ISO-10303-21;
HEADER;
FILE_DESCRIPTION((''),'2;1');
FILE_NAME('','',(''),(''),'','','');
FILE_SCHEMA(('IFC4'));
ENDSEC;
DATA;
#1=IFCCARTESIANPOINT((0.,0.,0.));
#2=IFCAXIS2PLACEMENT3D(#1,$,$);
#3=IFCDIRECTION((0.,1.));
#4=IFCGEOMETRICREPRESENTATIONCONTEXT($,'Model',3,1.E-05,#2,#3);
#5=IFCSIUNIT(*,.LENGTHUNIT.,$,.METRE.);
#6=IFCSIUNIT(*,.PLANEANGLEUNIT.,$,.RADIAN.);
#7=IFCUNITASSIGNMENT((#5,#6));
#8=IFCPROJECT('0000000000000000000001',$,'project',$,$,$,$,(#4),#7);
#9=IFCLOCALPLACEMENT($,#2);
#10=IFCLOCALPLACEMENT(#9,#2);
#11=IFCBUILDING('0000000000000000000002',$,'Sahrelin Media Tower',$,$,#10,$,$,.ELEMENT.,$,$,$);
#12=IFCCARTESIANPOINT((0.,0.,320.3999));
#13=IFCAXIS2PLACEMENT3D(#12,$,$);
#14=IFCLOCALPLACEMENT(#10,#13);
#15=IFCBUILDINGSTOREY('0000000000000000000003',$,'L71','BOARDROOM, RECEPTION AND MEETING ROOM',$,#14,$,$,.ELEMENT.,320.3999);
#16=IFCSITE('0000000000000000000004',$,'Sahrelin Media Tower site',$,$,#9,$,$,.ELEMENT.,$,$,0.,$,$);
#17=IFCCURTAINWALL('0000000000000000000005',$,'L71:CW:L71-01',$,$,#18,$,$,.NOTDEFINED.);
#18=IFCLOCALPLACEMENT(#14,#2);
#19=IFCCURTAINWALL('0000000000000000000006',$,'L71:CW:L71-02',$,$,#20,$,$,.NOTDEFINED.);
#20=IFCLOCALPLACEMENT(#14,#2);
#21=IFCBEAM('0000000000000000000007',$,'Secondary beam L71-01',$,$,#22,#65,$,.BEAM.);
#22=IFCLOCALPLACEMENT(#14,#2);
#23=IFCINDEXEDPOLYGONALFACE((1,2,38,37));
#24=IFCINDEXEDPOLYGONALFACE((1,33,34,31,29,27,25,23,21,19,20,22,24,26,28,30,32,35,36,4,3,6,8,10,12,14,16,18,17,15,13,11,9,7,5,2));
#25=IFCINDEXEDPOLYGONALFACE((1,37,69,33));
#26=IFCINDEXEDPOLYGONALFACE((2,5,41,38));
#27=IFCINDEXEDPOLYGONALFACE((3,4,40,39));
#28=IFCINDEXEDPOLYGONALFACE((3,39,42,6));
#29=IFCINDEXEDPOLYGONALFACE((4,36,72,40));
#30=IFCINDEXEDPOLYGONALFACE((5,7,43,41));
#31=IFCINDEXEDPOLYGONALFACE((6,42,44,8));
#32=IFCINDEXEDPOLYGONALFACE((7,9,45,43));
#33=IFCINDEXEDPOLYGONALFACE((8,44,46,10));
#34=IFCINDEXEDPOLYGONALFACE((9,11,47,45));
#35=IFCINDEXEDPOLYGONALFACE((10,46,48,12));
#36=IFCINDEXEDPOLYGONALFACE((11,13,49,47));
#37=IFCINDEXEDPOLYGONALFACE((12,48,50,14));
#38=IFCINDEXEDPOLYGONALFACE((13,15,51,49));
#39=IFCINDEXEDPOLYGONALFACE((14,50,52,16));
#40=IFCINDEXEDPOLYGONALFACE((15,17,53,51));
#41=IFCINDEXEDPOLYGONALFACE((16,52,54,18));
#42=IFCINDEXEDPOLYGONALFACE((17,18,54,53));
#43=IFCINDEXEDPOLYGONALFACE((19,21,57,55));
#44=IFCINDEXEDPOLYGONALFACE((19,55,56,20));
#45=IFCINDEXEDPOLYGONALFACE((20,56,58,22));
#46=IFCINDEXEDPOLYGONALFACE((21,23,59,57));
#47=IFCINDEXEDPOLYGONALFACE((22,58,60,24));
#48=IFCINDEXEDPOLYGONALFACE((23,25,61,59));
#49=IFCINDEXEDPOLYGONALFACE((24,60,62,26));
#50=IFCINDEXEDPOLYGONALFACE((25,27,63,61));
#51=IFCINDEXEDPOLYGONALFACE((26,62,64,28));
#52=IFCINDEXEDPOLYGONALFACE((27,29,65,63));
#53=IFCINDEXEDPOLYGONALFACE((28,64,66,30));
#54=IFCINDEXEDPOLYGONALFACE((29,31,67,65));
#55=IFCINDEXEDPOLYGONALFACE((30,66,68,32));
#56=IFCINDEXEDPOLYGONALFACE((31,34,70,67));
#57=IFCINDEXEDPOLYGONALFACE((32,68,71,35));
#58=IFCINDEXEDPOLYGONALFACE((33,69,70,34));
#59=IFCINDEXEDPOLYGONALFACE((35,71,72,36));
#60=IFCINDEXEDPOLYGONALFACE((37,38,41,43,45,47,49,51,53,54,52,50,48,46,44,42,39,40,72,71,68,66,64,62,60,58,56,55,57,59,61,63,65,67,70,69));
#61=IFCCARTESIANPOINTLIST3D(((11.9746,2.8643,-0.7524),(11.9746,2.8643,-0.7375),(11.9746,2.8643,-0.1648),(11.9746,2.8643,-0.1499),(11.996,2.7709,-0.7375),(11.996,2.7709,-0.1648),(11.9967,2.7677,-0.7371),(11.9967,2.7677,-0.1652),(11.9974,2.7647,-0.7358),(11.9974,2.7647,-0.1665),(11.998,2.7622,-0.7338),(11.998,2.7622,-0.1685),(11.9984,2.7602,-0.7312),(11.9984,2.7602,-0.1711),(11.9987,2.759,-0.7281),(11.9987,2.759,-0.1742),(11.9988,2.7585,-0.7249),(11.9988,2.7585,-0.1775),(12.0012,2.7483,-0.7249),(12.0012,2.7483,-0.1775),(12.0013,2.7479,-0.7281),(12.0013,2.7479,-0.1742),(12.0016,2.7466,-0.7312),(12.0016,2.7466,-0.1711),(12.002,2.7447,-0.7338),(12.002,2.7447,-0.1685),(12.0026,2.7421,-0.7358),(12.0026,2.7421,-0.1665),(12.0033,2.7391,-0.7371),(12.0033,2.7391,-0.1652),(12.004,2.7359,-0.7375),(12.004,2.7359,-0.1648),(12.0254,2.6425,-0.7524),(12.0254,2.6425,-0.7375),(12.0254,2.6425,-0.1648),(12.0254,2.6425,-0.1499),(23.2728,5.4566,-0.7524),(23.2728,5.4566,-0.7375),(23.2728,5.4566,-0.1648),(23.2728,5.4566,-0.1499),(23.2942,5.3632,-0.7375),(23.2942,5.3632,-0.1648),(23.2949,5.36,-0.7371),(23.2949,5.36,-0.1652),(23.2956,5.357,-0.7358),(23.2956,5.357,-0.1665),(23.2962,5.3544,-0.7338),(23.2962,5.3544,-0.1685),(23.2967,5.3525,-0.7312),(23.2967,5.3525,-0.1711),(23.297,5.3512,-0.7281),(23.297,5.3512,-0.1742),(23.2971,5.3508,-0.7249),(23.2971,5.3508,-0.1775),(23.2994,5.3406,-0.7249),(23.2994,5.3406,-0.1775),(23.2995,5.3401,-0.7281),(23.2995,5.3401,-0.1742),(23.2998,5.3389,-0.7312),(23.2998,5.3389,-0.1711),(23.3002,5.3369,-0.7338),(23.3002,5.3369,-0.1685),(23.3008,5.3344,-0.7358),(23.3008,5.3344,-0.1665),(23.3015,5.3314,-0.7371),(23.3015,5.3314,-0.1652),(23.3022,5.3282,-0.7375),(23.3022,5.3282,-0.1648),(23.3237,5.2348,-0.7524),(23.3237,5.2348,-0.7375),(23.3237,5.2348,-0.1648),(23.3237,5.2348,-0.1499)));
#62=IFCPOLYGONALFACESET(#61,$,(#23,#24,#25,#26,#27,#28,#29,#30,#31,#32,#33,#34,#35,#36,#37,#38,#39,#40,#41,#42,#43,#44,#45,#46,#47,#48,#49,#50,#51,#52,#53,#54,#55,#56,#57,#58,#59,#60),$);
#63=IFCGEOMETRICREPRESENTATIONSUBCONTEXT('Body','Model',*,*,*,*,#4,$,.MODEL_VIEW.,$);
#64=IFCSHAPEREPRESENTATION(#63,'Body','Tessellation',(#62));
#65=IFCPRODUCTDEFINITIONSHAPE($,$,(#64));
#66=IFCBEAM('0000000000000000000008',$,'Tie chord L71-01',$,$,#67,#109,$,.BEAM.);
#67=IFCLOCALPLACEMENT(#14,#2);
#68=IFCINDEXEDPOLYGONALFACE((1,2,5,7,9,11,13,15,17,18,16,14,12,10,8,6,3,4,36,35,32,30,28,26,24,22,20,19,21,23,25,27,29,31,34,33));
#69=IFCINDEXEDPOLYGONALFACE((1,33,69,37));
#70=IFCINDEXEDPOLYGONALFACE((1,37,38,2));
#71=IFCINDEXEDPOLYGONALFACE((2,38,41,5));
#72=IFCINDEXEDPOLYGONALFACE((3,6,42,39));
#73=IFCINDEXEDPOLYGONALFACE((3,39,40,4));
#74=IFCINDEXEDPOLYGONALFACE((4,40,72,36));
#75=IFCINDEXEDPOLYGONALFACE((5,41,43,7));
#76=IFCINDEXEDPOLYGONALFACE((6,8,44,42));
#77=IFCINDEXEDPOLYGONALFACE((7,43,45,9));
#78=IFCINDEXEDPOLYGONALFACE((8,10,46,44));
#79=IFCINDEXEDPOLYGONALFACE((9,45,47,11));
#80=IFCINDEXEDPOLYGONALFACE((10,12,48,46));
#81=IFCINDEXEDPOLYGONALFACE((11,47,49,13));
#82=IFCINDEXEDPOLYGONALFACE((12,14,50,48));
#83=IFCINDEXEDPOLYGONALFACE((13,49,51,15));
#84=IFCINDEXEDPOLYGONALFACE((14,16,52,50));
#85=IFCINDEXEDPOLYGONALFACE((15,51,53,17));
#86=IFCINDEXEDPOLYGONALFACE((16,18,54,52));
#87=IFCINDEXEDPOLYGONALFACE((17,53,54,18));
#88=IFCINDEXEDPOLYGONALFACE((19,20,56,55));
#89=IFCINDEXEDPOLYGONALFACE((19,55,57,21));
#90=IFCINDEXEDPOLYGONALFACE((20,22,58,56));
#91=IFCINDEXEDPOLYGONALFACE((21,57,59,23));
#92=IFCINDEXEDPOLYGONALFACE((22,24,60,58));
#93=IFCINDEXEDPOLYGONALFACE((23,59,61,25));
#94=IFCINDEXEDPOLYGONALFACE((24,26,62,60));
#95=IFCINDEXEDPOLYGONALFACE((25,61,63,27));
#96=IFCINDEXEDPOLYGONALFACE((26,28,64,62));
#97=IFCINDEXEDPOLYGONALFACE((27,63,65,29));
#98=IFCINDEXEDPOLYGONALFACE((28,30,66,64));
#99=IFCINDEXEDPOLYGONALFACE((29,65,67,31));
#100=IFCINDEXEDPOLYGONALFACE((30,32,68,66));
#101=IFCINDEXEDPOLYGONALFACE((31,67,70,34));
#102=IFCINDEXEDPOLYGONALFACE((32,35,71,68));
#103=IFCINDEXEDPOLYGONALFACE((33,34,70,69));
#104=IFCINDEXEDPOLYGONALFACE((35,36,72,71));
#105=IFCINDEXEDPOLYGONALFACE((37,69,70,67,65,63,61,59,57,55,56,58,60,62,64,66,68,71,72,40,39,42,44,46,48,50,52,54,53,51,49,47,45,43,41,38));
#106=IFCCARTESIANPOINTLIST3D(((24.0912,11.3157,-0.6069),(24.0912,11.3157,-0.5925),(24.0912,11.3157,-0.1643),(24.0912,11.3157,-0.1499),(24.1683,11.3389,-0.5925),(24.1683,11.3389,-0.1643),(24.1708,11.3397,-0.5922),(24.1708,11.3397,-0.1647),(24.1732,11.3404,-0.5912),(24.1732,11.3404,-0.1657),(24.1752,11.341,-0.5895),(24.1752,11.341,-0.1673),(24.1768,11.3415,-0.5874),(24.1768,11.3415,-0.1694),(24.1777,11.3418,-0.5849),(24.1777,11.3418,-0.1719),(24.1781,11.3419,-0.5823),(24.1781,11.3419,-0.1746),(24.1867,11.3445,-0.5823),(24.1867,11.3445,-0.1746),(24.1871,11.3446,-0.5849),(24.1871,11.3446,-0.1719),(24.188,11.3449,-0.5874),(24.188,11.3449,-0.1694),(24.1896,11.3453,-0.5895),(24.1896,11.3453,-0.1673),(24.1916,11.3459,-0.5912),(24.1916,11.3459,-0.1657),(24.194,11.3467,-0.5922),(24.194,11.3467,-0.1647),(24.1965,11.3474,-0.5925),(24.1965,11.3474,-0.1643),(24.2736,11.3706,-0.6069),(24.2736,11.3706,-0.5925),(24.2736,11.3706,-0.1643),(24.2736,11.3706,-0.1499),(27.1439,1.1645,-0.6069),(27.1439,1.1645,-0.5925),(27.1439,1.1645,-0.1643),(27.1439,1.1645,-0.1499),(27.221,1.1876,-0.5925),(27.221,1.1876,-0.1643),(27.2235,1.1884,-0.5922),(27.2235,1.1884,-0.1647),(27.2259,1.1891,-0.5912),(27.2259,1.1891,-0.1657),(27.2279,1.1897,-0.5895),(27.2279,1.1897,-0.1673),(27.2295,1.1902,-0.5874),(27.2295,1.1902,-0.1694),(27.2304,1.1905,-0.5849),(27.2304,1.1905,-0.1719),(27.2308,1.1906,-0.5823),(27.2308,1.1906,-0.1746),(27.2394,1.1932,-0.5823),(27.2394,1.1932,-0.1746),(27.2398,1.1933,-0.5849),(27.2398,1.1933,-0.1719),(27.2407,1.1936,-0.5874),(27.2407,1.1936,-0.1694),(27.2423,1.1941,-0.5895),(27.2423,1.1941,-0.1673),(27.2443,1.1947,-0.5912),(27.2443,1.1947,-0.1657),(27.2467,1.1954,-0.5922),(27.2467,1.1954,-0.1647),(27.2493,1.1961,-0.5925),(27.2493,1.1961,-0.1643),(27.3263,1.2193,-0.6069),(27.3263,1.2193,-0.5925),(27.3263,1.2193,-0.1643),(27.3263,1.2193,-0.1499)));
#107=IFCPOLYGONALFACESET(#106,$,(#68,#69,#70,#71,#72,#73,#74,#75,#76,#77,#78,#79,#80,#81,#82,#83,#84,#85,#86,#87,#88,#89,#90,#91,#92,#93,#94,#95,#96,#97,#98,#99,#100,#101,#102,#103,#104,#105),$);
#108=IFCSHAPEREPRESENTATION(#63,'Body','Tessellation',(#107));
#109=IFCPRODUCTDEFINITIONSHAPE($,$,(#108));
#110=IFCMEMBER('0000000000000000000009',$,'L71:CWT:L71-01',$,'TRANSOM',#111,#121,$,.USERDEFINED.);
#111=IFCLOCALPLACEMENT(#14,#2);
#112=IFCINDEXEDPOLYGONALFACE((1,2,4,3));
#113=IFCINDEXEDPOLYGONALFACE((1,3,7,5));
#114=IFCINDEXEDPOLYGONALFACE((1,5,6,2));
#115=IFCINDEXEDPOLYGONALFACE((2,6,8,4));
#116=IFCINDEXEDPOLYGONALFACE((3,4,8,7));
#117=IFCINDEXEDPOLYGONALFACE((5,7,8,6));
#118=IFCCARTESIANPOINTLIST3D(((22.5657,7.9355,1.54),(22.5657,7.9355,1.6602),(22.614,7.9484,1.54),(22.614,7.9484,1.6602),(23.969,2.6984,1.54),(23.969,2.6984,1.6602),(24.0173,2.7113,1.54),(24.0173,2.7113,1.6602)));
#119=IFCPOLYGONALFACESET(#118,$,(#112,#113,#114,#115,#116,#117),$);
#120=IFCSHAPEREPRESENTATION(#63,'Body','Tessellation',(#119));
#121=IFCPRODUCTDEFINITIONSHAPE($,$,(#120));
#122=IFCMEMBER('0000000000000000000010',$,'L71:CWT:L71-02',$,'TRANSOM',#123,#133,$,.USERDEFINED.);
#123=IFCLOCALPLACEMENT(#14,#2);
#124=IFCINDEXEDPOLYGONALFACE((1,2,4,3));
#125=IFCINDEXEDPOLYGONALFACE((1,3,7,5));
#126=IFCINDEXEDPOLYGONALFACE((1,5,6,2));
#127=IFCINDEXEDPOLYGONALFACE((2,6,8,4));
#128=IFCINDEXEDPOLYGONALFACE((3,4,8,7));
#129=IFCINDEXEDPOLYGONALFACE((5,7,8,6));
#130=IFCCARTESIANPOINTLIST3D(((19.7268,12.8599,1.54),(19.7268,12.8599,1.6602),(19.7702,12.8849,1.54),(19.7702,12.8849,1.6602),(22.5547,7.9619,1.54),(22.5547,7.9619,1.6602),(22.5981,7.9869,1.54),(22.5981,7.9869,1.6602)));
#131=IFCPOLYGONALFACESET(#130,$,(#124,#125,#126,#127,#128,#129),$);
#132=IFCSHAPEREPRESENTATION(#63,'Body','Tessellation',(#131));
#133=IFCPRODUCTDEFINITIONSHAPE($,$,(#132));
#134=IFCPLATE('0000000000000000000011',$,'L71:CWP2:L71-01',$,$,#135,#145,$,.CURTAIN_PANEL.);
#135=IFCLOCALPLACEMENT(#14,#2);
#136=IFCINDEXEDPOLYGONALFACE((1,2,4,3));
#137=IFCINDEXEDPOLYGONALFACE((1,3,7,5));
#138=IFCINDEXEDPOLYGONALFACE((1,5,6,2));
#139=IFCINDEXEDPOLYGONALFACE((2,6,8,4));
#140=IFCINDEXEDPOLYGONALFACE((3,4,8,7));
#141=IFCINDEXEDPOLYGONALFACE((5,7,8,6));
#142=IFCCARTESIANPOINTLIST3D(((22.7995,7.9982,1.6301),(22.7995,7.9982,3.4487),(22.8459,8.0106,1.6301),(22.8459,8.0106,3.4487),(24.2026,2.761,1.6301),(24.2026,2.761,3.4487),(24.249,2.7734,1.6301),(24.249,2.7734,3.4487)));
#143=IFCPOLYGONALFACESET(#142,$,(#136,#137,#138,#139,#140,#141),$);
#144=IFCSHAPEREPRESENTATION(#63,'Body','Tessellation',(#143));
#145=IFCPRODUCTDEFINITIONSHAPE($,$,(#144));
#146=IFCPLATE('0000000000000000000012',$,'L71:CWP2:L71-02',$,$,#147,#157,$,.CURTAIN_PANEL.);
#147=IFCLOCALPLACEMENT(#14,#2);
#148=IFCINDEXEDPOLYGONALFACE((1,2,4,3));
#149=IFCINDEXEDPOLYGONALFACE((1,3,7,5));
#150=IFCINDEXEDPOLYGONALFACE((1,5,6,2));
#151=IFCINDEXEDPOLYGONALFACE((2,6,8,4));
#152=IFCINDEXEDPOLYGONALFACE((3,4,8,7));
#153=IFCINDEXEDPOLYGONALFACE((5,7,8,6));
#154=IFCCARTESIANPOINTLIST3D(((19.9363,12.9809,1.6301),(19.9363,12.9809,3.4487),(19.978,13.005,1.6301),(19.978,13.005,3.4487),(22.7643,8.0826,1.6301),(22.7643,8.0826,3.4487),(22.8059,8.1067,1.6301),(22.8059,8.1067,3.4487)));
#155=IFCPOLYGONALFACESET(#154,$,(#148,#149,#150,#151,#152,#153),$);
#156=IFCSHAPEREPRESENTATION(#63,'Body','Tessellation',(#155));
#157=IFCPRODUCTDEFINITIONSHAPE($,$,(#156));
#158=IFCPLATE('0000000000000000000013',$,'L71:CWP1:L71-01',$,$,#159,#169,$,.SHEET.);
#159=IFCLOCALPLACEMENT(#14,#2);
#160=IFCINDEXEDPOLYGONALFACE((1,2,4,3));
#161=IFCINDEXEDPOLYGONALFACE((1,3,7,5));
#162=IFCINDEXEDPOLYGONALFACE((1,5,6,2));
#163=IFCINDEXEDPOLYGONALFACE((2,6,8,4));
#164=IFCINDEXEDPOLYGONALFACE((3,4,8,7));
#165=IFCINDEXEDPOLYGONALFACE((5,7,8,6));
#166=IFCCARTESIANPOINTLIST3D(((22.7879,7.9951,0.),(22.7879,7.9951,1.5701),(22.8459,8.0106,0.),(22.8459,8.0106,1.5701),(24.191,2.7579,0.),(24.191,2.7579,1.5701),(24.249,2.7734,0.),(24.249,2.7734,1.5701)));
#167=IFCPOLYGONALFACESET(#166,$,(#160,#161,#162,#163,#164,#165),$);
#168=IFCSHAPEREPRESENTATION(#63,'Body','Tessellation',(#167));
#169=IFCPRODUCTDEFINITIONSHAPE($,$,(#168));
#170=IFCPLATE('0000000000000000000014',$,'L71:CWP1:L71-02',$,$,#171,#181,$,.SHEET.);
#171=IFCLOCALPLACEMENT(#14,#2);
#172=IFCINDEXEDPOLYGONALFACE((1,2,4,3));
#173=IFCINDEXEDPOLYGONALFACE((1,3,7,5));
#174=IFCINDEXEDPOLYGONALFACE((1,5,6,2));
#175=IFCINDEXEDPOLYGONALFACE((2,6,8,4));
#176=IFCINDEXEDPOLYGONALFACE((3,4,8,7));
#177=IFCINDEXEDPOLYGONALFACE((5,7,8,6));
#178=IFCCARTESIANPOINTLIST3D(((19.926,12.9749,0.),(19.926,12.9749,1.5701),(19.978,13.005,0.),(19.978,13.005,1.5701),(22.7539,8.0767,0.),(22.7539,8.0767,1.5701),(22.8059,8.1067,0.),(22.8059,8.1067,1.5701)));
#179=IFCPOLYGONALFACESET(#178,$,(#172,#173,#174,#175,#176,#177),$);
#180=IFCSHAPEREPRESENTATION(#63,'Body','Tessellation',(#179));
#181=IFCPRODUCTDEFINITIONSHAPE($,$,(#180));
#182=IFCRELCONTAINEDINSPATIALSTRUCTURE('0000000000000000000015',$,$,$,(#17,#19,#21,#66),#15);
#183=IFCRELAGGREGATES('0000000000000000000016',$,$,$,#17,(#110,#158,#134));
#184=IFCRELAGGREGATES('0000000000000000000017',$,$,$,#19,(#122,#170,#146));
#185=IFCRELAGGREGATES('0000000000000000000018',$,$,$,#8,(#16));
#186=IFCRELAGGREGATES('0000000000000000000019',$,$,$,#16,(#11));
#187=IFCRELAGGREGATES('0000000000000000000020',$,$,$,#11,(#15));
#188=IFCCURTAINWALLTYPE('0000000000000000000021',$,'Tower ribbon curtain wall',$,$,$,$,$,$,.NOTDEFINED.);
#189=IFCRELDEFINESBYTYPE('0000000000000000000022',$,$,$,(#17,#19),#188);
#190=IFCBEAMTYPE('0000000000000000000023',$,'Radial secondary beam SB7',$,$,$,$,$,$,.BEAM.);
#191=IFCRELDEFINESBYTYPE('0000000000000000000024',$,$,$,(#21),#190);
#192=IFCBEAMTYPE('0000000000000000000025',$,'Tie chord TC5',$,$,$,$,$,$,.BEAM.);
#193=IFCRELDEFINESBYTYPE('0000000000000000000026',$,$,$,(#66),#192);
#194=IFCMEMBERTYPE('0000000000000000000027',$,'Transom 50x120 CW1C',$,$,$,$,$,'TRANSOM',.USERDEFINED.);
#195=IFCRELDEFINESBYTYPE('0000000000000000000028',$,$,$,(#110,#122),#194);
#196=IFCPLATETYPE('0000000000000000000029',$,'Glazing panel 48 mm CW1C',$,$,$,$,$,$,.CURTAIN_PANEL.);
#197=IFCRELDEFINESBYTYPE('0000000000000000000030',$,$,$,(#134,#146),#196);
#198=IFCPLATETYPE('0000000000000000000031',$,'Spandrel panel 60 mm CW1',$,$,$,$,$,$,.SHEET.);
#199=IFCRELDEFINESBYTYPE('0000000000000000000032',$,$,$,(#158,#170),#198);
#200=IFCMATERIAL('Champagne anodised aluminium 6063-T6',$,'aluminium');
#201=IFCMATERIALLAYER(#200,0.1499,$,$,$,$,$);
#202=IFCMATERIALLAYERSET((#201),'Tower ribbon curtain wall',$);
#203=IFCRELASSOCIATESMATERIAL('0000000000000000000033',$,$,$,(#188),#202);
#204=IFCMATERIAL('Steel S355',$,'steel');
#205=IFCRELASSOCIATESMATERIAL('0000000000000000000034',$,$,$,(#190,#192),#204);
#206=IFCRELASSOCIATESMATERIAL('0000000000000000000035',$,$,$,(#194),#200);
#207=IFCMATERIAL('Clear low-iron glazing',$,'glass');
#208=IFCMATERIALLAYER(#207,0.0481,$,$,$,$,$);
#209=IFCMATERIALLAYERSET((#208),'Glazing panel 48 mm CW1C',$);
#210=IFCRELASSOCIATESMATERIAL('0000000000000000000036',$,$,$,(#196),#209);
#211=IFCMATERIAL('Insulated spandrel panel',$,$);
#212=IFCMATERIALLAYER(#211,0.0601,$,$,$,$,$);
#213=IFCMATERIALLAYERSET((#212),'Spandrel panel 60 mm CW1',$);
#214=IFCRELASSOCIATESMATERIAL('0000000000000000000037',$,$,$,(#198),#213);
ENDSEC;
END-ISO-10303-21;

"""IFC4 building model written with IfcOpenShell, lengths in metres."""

from ifc_helpers import new_model, si_unit, direction, frame, origin, origin_2d, place, context, subcontext, project, spatial, polyline, rectangle, i_section, outline, extrude, material, layer, layer_set, material_profile, profile_set, type_object, element, aggregate, save


model = new_model("IFC4")

# Units and contexts
model_context = context("Model", 3, precision=1e-05, world=origin(), true_north=direction((0.0, 1.0)))
body_context = subcontext(model_context, "Body", "Model", "MODEL_VIEW")
ifc_project = project(units=[si_unit("LENGTHUNIT", "METRE"), si_unit("PLANEANGLEUNIT", "RADIAN")], contexts=[model_context])

# Site, building, storey
site_placement = place(None, origin())
site = spatial("IfcSite", under=ifc_project, at=site_placement, Name="Sahrelin Media Tower site", CompositionType="ELEMENT", RefElevation=0.0)
building_placement = place(site_placement, origin())
building = spatial("IfcBuilding", under=site, at=building_placement, Name="Sahrelin Media Tower", CompositionType="ELEMENT")
storey_placement = place(building_placement, frame((0.0, 0.0, 320.3999)))
storey = spatial("IfcBuildingStorey", under=building, at=storey_placement, Name="L71", Description="BOARDROOM, RECEPTION AND MEETING ROOM", CompositionType="ELEMENT", Elevation=320.3999)

# Shared definitions
ifc_material_1 = material(Name="Steel S355", Category="steel")

# Curtain walls
ifc_material_2 = material(Name="Champagne anodised aluminium 6063-T6", Category="aluminium")
ifc_layer_1 = layer(ifc_material_2, 0.1499)
ifc_layer_set_1 = layer_set([ifc_layer_1], Name="Tower ribbon curtain wall")
curtain_wall_type = type_object("IfcCurtainWallType", Name="Tower ribbon curtain wall", PredefinedType="NOTDEFINED", material=ifc_layer_set_1)
curtain_wall_1_placement = place(storey_placement, frame((23.5283, 5.3867, 0.0), z_axis=(0.0, 0.0, 1.0), x_axis=(1.0, 0.0, 0.0)))
curtain_wall_1 = element("IfcCurtainWall", 1, at=curtain_wall_1_placement, inside=storey, type_object=curtain_wall_type, Name="L71:CW:L71-01", PredefinedType="NOTDEFINED")
curtain_wall_2_placement = place(storey_placement, frame((21.3745, 10.5459, 0.0), z_axis=(0.0, 0.0, 1.0), x_axis=(1.0, 0.0, 0.0)))
curtain_wall_2 = element("IfcCurtainWall", 2, at=curtain_wall_2_placement, inside=storey, type_object=curtain_wall_type, Name="L71:CW:L71-02", PredefinedType="NOTDEFINED")

# Beams
ifc_material_profile_1 = material_profile(ifc_material_1, i_section(OverallWidth=0.2275, OverallDepth=0.6025, WebThickness=0.0105, FlangeThickness=0.0149, FilletRadius=0.0127, at=origin_2d()), Name="UB 610x229x101")
ifc_profile_set_1 = profile_set([ifc_material_profile_1], Name="Steel S355")
beam_type_1 = type_object("IfcBeamType", Name="Radial secondary beam SB7", PredefinedType="BEAM", material=ifc_profile_set_1)
beam_1_placement = place(storey_placement, frame((12.0, 2.7534, -0.4512), z_axis=(0.974674, 0.223629, 0.0), x_axis=(-0.223629, 0.974674, 0.0)))
element("IfcBeam", 3, at=beam_1_placement, inside=storey, type_object=beam_type_1, Name="Secondary beam L71-01", PredefinedType="BEAM", context=body_context, shape_type="SweptSolid", body=[
    extrude(i_section(OverallWidth=0.2275, OverallDepth=0.6025, WebThickness=0.0105, FlangeThickness=0.0149, FilletRadius=0.0127, at=origin_2d()), origin(), (0.0, 0.0, 1.0), 11.5918),
])
ifc_material_profile_2 = material_profile(ifc_material_1, i_section(OverallWidth=0.1904, OverallDepth=0.457, WebThickness=0.009, FlangeThickness=0.0144, FilletRadius=0.0103, at=origin_2d()), Name="UB 457x191x74")
ifc_profile_set_2 = profile_set([ifc_material_profile_2], Name="Steel S355")
beam_type_2 = type_object("IfcBeamType", Name="Tie chord TC5", PredefinedType="BEAM", material=ifc_profile_set_2)
beam_2_placement = place(storey_placement, frame((27.2351, 1.1919, -0.3784), z_axis=(-0.287982, 0.957636, 0.0), x_axis=(-0.957636, -0.287982, 0.0)))
element("IfcBeam", 4, at=beam_2_placement, inside=storey, type_object=beam_type_2, Name="Tie chord L71-01", PredefinedType="BEAM", context=body_context, shape_type="SweptSolid", body=[
    extrude(i_section(OverallWidth=0.1904, OverallDepth=0.457, WebThickness=0.009, FlangeThickness=0.0144, FilletRadius=0.0103, at=origin_2d()), origin(), (0.0, 0.0, 1.0), 10.6003),
])

# Members
ifc_material_profile_3 = material_profile(ifc_material_2, rectangle(XDim=0.05, YDim=0.1201, at=origin_2d()), Name="Transom 50x120")
ifc_profile_set_3 = profile_set([ifc_material_profile_3], Name="Champagne anodised aluminium 6063-T6")
member_type_1 = type_object("IfcMemberType", Name="Transom 50x120 CW1C", ElementType="TRANSOM", PredefinedType="USERDEFINED", material=ifc_profile_set_3)
member_1_placement = place(storey_placement, frame((23.9932, 2.7048, 1.6001), z_axis=(-0.258828, 0.965923, 0.0), x_axis=(-0.965923, -0.258828, 0.0)))
member_1 = element("IfcMember", 5, at=member_1_placement, type_object=member_type_1, Name="L71:CWT:L71-01", ObjectType="TRANSOM", PredefinedType="USERDEFINED", context=body_context, shape_type="SweptSolid", body=[
    extrude(rectangle(XDim=0.05, YDim=0.1201, at=origin_2d()), origin(), (0.0, 0.0, 1.0), 5.4219),
])
member_2_placement = place(storey_placement, frame((22.5764, 7.9744, 1.6001), z_axis=(-0.500006, 0.866022, 0.0), x_axis=(-0.866022, -0.500006, 0.0)))
member_2 = element("IfcMember", 6, at=member_2_placement, type_object=member_type_1, Name="L71:CWT:L71-02", ObjectType="TRANSOM", PredefinedType="USERDEFINED", context=body_context, shape_type="SweptSolid", body=[
    extrude(rectangle(XDim=0.05, YDim=0.1201, at=origin_2d()), origin(), (0.0, 0.0, 1.0), 5.6558),
])

# Plates
ifc_material_3 = material(Name="Clear low-iron glazing", Category="glass")
ifc_layer_2 = layer(ifc_material_3, 0.0481)
ifc_layer_set_2 = layer_set([ifc_layer_2], Name="Glazing panel 48 mm CW1C")
plate_type_1 = type_object("IfcPlateType", Name="Glazing panel 48 mm CW1C", PredefinedType="CURTAIN_PANEL", material=ifc_layer_set_2)
plate_1_placement = place(storey_placement, frame((24.249, 2.7734, 1.6301), z_axis=(0.965935, 0.258786, 0.0), x_axis=(-0.258786, 0.965935, 0.0)))
plate_1 = element("IfcPlate", 7, at=plate_1_placement, type_object=plate_type_1, Name="L71:CWP2:L71-01", PredefinedType="CURTAIN_PANEL", context=body_context, shape_type="SweptSolid", body=[
    extrude(outline(polyline([(0.0, 0.0), (5.4219, 0.0), (5.4219, 1.8186), (0.0, 1.8186), (0.0, 0.0)])), origin(), (0.0, 0.0, -1.0), 0.0481),
])
plate_2_placement = place(storey_placement, frame((22.8059, 8.1067, 1.6301), z_axis=(0.866032, 0.499988, 0.0), x_axis=(-0.499988, 0.866032, 0.0)))
plate_2 = element("IfcPlate", 8, at=plate_2_placement, type_object=plate_type_1, Name="L71:CWP2:L71-02", PredefinedType="CURTAIN_PANEL", context=body_context, shape_type="SweptSolid", body=[
    extrude(outline(polyline([(0.0, 0.0), (5.656, 0.0), (5.656, 1.8186), (0.0, 1.8186), (0.0, 0.0)])), origin(), (0.0, 0.0, -1.0), 0.0481),
])
ifc_material_4 = material(Name="Insulated spandrel panel")
ifc_layer_3 = layer(ifc_material_4, 0.0601)
ifc_layer_set_3 = layer_set([ifc_layer_3], Name="Spandrel panel 60 mm CW1")
plate_type_2 = type_object("IfcPlateType", Name="Spandrel panel 60 mm CW1", PredefinedType="SHEET", material=ifc_layer_set_3)
plate_3_placement = place(storey_placement, frame((24.249, 2.7734, 0.0), z_axis=(0.965935, 0.258786, 0.0), x_axis=(-0.258786, 0.965935, 0.0)))
plate_3 = element("IfcPlate", 9, at=plate_3_placement, type_object=plate_type_2, Name="L71:CWP1:L71-01", PredefinedType="SHEET", context=body_context, shape_type="SweptSolid", body=[
    extrude(outline(polyline([(0.0, 0.0), (5.4219, 0.0), (5.4219, 1.5701), (0.0, 1.5701), (0.0, 0.0)])), origin(), (0.0, 0.0, -1.0), 0.0601),
])
aggregate(curtain_wall_1, [member_1, plate_3, plate_1])
plate_4_placement = place(storey_placement, frame((22.8059, 8.1067, 0.0), z_axis=(0.866032, 0.499988, 0.0), x_axis=(-0.499988, 0.866032, 0.0)))
plate_4 = element("IfcPlate", 10, at=plate_4_placement, type_object=plate_type_2, Name="L71:CWP1:L71-02", PredefinedType="SHEET", context=body_context, shape_type="SweptSolid", body=[
    extrude(outline(polyline([(0.0, 0.0), (5.656, 0.0), (5.656, 1.5701), (0.0, 1.5701), (0.0, 0.0)])), origin(), (0.0, 0.0, -1.0), 0.0601),
])
aggregate(curtain_wall_2, [member_2, plate_4, plate_2])

save(model, "model.ifc")
